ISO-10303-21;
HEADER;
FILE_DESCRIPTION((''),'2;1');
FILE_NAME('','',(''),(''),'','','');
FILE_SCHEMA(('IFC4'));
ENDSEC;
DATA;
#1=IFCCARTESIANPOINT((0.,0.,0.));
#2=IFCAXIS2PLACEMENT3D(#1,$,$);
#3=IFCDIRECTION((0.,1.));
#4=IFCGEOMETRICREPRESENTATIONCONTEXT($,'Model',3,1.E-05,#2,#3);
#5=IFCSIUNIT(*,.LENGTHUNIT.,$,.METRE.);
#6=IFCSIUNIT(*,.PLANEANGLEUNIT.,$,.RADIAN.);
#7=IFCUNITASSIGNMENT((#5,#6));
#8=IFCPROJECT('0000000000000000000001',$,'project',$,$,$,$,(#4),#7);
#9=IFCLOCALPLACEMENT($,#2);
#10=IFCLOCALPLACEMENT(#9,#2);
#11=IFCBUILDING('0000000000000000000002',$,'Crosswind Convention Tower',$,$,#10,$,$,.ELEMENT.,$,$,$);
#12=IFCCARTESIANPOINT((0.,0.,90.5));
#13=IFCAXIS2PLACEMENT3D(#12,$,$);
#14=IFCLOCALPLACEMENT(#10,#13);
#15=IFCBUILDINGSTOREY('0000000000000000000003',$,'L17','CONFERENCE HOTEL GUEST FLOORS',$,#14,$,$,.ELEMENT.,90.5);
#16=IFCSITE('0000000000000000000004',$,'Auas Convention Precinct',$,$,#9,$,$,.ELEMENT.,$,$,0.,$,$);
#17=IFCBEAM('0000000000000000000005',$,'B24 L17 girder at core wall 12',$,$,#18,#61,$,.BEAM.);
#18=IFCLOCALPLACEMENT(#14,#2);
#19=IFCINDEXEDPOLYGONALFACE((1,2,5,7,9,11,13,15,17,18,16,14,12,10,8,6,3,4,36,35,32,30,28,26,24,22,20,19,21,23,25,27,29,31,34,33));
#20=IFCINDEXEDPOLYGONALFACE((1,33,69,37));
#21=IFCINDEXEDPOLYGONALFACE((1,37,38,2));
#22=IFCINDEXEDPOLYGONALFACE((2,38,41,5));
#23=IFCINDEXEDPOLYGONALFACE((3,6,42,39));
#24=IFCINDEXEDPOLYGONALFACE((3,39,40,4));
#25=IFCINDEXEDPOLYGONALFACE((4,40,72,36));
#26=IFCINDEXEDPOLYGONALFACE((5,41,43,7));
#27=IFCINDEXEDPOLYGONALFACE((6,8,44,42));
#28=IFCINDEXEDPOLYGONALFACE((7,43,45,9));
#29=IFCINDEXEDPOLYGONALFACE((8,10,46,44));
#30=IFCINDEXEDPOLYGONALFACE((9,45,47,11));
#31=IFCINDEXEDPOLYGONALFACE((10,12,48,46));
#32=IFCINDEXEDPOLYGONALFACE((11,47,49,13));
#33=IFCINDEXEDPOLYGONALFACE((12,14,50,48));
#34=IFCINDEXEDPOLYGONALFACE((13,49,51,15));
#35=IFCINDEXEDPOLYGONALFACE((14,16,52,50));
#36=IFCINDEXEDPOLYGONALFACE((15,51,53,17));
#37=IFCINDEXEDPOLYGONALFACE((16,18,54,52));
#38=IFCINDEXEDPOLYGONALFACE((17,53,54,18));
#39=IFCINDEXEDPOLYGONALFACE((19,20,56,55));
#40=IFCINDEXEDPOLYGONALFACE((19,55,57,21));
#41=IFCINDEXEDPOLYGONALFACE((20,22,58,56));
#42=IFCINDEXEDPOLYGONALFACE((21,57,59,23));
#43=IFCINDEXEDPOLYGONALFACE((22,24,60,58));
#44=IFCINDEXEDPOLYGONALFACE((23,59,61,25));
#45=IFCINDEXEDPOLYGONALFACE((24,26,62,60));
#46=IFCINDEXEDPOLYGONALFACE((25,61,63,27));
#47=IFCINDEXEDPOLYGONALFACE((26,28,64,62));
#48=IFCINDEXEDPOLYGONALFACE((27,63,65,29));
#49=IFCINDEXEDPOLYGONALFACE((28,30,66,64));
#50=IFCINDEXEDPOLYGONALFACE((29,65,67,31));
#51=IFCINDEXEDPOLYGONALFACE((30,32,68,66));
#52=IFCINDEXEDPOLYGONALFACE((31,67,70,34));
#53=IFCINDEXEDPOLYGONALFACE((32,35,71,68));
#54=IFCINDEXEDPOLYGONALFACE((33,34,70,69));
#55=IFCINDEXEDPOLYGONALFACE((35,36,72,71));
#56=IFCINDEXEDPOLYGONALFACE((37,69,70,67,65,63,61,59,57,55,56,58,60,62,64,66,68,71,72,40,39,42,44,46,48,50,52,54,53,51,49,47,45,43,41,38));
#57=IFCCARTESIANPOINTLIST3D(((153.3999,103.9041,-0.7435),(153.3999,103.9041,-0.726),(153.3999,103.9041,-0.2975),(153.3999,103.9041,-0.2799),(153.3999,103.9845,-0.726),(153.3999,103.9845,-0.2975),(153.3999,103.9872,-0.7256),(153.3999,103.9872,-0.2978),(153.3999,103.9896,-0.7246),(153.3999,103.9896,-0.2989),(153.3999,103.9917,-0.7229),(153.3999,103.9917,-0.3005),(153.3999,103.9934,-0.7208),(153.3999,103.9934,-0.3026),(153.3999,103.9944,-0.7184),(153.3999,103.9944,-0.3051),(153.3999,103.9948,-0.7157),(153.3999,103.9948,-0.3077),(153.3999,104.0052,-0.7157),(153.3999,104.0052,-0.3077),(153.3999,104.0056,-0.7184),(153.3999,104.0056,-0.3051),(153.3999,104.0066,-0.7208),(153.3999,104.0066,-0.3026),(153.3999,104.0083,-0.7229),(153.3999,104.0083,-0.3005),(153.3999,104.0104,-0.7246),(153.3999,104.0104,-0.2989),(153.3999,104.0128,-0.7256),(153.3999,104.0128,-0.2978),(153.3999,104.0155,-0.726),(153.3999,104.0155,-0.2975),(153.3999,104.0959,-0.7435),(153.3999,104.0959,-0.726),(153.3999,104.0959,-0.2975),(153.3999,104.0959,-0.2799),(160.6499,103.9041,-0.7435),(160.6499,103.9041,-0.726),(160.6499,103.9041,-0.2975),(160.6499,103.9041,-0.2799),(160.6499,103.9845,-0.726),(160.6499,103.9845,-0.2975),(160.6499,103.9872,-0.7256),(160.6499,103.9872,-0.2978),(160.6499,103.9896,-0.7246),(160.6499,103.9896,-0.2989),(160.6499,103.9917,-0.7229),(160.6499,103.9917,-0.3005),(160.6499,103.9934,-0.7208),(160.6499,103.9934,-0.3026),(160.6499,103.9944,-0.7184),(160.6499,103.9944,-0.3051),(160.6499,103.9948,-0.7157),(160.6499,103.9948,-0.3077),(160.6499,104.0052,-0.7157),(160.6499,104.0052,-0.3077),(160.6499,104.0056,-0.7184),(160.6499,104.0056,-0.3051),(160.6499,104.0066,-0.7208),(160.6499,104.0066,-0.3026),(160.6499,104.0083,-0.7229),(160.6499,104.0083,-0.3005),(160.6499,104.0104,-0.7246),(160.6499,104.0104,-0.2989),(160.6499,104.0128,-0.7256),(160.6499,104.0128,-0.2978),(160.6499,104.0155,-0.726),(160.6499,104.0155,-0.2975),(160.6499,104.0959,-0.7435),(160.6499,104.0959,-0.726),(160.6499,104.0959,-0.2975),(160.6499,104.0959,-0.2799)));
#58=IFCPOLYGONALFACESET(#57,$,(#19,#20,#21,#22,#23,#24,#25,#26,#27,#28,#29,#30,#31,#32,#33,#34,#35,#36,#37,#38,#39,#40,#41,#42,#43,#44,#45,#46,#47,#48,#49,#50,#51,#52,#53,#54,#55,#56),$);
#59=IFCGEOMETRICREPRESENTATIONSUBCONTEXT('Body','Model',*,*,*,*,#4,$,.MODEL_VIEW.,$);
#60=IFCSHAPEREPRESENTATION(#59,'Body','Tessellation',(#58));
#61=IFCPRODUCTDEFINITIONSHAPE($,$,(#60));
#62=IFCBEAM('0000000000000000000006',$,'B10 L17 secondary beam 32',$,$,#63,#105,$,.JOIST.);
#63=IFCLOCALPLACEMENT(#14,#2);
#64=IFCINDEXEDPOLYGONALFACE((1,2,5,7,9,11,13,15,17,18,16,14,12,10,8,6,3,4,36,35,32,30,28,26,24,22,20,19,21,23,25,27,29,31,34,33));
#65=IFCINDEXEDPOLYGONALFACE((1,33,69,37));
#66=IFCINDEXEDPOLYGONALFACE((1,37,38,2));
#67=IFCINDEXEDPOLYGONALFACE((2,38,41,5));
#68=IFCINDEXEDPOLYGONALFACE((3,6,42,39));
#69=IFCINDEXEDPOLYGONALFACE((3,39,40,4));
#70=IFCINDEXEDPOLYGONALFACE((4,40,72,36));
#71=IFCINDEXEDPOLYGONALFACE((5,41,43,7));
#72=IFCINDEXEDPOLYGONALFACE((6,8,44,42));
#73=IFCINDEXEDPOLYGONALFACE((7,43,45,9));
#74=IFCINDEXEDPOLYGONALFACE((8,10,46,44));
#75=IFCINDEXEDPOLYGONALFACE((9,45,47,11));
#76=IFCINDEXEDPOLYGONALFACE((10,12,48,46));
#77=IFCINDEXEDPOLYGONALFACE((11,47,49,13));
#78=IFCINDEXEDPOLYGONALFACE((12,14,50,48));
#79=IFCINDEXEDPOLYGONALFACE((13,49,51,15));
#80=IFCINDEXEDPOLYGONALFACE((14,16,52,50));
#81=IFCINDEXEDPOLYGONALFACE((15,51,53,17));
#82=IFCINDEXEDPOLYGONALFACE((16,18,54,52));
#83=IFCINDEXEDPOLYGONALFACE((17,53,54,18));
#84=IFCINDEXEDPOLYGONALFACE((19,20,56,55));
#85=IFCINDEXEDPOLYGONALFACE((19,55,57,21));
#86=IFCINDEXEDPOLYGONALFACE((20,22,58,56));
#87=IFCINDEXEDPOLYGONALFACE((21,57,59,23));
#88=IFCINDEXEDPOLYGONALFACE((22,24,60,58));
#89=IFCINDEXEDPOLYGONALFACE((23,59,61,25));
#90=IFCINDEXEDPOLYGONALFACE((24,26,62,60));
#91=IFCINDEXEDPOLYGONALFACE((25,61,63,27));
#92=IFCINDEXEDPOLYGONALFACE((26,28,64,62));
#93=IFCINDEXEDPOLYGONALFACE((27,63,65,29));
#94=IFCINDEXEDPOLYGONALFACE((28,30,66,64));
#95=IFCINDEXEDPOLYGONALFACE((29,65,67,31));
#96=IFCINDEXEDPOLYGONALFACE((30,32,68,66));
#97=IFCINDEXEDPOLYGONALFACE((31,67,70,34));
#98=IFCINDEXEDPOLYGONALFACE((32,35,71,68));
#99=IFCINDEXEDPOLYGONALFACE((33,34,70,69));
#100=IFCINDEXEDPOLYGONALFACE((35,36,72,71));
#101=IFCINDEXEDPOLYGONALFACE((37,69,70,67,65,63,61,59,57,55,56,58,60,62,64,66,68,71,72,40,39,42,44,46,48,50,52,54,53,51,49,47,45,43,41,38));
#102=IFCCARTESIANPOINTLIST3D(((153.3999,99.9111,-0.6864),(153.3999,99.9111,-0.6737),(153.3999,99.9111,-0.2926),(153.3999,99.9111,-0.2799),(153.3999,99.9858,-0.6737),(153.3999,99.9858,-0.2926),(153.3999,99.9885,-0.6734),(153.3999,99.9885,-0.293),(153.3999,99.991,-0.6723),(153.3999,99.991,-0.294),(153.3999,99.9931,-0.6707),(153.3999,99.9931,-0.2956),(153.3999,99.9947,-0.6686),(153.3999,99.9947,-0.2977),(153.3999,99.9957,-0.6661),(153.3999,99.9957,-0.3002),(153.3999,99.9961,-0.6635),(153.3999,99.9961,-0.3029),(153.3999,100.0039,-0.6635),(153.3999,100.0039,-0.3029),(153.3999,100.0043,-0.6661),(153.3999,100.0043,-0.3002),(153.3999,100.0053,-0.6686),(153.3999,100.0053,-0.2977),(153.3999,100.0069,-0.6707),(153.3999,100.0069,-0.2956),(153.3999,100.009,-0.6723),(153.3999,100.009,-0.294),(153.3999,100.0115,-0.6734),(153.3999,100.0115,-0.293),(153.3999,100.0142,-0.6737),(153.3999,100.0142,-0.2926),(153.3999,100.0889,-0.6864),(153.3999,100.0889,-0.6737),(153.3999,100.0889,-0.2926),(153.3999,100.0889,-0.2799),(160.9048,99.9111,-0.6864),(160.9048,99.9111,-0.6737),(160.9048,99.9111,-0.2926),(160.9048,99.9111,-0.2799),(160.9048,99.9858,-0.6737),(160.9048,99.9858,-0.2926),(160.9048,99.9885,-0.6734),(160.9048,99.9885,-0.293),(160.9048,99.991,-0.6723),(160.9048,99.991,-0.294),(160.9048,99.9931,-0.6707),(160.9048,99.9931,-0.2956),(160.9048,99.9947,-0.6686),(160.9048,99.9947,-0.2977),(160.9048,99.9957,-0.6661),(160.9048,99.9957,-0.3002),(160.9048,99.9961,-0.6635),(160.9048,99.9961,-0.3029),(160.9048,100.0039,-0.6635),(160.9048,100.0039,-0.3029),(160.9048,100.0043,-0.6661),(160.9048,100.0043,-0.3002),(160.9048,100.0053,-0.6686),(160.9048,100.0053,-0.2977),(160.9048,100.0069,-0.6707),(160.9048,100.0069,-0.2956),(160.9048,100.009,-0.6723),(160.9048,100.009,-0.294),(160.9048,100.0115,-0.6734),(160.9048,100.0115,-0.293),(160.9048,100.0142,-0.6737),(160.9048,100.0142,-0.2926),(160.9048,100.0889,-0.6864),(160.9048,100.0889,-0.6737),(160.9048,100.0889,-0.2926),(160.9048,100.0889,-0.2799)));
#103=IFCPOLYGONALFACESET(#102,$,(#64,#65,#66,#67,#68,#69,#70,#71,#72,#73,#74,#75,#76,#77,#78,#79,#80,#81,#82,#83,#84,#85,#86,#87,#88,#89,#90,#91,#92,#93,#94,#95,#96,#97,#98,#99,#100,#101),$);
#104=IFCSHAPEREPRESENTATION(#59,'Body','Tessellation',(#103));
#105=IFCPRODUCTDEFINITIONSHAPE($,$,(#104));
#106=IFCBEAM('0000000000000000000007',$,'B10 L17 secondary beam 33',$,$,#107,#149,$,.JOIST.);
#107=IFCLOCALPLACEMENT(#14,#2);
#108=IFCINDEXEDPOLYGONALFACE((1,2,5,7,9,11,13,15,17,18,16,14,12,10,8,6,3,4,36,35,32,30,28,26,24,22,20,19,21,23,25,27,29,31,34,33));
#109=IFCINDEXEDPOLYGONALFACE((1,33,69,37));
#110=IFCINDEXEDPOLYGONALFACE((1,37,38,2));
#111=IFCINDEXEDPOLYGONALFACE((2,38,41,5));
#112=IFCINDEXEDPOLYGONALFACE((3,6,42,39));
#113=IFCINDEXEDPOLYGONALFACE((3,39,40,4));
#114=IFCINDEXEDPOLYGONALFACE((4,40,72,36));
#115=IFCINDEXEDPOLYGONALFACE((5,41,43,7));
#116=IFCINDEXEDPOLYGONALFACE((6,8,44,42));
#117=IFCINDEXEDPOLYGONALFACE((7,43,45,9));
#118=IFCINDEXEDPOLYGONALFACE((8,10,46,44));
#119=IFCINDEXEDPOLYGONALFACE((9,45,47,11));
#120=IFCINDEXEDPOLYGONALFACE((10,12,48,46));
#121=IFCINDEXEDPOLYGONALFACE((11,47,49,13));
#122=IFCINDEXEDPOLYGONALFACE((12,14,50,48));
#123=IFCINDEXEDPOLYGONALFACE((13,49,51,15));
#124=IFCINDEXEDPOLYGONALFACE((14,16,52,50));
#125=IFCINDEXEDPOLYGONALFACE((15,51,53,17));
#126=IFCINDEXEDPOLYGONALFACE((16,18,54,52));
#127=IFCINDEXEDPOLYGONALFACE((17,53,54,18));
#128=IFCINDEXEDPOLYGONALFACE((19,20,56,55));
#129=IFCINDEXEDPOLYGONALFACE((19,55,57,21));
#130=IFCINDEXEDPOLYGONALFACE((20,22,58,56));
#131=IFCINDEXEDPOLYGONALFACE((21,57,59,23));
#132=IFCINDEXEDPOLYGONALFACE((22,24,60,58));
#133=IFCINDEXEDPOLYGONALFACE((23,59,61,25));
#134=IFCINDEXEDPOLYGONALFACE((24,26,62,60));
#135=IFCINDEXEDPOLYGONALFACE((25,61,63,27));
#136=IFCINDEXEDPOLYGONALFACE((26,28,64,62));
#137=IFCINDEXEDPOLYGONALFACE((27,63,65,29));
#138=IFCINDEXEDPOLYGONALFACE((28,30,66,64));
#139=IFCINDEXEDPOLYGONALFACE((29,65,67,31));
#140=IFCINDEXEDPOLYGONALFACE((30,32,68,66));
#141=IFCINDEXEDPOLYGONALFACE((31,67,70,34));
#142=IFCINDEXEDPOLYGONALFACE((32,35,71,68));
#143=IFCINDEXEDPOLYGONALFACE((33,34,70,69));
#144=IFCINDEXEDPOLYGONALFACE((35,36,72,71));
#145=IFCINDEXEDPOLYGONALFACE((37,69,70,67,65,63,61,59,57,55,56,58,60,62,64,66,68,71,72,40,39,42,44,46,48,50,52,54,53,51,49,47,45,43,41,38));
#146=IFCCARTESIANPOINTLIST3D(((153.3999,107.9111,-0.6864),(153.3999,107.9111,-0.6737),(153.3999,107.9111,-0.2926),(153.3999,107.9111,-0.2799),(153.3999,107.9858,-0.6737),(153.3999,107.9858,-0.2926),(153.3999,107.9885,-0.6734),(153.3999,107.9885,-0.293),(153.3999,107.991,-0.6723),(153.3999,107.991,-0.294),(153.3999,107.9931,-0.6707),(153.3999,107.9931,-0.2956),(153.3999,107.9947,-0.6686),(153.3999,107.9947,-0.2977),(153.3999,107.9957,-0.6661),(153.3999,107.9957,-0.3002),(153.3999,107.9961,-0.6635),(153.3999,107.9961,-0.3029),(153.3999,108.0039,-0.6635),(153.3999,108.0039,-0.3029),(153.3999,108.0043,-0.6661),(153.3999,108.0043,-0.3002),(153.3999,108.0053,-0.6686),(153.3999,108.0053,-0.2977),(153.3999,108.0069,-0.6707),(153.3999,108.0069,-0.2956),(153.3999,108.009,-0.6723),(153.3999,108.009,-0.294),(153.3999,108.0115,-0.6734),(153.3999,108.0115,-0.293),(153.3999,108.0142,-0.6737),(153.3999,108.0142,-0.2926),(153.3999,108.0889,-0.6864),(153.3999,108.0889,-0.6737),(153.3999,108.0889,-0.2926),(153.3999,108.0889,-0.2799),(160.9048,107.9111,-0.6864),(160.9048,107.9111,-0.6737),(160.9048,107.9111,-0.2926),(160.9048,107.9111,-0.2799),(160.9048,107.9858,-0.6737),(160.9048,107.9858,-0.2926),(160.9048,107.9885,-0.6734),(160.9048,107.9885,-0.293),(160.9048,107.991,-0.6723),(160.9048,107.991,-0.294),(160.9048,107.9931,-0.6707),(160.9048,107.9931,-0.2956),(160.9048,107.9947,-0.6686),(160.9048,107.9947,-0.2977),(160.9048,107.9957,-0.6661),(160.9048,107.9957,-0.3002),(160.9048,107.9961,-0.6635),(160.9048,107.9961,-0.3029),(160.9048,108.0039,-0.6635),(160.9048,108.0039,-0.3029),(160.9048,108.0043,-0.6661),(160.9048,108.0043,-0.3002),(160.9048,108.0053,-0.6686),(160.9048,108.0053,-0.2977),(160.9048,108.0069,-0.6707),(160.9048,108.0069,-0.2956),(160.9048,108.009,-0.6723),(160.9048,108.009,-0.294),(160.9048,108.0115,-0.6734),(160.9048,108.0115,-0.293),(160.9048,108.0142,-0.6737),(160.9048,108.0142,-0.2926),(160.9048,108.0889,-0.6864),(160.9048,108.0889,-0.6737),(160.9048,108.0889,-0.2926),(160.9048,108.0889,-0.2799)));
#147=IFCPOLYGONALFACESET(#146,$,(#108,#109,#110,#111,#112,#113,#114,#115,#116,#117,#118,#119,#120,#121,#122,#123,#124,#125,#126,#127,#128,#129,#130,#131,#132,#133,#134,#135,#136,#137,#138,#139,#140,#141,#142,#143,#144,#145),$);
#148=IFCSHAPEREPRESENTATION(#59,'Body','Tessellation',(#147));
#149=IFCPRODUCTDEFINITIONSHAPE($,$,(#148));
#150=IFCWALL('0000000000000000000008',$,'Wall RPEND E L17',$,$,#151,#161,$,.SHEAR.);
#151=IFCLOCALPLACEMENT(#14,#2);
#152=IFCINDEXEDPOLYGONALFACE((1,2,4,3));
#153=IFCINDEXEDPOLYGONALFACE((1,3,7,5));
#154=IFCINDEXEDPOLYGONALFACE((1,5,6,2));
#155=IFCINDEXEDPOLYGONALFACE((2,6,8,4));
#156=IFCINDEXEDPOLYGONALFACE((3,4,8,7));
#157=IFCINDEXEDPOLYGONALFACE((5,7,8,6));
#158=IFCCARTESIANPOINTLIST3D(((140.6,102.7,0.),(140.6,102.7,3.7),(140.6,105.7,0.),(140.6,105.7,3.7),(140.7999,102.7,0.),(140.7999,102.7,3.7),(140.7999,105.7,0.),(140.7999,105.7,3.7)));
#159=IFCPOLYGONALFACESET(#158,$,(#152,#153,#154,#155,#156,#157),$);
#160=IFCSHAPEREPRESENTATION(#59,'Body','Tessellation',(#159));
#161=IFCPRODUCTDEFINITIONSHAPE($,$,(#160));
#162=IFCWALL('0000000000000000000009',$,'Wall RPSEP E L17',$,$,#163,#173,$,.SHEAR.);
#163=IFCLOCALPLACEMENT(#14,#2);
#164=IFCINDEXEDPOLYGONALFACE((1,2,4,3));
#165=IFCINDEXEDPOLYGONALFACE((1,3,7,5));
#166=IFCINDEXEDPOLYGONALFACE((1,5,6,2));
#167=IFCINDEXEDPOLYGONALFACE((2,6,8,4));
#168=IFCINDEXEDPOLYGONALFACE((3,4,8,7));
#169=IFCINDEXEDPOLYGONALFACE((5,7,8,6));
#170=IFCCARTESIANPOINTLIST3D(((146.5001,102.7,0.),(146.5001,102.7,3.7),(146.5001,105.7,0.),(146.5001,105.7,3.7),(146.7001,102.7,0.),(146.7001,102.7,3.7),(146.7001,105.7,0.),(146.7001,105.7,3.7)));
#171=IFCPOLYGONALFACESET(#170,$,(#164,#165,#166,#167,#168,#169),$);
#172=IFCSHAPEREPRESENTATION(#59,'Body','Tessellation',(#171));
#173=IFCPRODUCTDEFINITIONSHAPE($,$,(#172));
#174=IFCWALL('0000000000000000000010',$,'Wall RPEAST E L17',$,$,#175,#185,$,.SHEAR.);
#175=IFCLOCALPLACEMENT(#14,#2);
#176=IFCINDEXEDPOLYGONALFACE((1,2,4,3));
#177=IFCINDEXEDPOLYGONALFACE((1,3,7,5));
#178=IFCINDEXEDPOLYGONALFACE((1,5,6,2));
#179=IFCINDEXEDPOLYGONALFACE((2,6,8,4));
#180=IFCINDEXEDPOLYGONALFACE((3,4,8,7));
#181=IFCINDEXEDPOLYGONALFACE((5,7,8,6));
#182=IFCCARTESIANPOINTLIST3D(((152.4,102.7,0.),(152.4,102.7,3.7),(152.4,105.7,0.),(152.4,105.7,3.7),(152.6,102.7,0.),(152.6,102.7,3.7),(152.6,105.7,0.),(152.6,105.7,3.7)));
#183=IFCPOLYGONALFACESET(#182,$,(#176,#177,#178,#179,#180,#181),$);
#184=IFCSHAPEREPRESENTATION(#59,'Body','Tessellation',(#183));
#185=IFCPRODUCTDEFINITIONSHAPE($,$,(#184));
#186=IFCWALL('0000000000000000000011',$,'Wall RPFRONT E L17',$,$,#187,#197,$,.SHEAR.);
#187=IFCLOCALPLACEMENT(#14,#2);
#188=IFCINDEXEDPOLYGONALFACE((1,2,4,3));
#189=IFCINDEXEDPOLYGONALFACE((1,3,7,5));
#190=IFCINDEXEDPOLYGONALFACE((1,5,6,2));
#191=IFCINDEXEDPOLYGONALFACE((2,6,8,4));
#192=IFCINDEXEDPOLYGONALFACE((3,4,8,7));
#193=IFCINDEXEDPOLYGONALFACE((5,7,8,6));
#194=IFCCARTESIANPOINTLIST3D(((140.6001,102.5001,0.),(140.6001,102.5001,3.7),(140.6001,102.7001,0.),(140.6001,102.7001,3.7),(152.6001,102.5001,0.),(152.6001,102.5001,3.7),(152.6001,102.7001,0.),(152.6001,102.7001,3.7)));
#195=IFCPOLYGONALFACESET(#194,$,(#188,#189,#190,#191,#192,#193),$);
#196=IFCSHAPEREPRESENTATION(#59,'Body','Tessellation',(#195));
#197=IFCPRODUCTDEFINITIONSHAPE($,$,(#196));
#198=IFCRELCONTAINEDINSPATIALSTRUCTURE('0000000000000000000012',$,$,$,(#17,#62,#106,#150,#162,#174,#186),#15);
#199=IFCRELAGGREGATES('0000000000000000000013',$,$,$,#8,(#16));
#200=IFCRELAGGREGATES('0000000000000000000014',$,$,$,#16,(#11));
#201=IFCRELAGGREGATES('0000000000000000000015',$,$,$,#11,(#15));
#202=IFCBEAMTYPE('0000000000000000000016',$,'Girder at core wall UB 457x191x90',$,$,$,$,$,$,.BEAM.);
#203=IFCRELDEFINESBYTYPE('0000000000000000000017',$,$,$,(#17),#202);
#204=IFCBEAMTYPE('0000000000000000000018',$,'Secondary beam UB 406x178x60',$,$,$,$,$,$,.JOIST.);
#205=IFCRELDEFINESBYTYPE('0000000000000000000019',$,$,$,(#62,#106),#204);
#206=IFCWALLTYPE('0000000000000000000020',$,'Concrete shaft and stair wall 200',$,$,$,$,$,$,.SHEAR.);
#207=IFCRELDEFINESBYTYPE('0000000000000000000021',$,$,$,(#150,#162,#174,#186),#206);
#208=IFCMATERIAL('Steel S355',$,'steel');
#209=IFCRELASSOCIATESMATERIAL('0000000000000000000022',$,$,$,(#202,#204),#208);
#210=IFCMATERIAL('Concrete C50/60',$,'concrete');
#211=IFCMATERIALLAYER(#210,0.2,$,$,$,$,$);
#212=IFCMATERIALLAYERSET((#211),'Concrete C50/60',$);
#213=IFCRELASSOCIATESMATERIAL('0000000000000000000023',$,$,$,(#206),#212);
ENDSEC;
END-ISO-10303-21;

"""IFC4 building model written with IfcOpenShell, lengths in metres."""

from ifc_helpers import new_model, si_unit, direction, frame, frame_2d, origin, origin_2d, place, context, subcontext, project, spatial, rectangle, i_section, extrude, material, layer, layer_set, material_profile, profile_set, type_object, element, save


model = new_model("IFC4")

# Units and contexts
model_context = context("Model", 3, precision=1e-05, world=origin(), true_north=direction((0.0, 1.0)))
body_context = subcontext(model_context, "Body", "Model", "MODEL_VIEW")
ifc_project = project(units=[si_unit("LENGTHUNIT", "METRE"), si_unit("PLANEANGLEUNIT", "RADIAN")], contexts=[model_context])

# Site, building, storey
site_placement = place(None, origin())
site = spatial("IfcSite", under=ifc_project, at=site_placement, Name="Auas Convention Precinct", CompositionType="ELEMENT", RefElevation=0.0)
building_placement = place(site_placement, origin())
building = spatial("IfcBuilding", under=site, at=building_placement, Name="Crosswind Convention Tower", CompositionType="ELEMENT")
storey_placement = place(building_placement, frame((0.0, 0.0, 90.5)))
storey = spatial("IfcBuildingStorey", under=building, at=storey_placement, Name="L17", Description="CONFERENCE HOTEL GUEST FLOORS", CompositionType="ELEMENT", Elevation=90.5)

# Beams
ifc_material_1 = material(Name="Steel S355", Category="steel")
ifc_material_profile_1 = material_profile(ifc_material_1, i_section(OverallWidth=0.1919, OverallDepth=0.4636, WebThickness=0.0105, FlangeThickness=0.0176, FilletRadius=0.0103, at=origin_2d()), Name="UB 457x191x90")
ifc_profile_set_1 = profile_set([ifc_material_profile_1], Name="Steel S355")
beam_type_1 = type_object("IfcBeamType", Name="Girder at core wall UB 457x191x90", PredefinedType="BEAM", material=ifc_profile_set_1)
beam_placement = place(storey_placement, frame((153.3999, 104.0, -0.5117), z_axis=(1.0, 0.0, 0.0), x_axis=(0.0, 1.0, 0.0)))
element("IfcBeam", 1, at=beam_placement, inside=storey, type_object=beam_type_1, Name="B24 L17 girder at core wall 12", PredefinedType="BEAM", context=body_context, shape_type="SweptSolid", body=[
    extrude(i_section(OverallWidth=0.1919, OverallDepth=0.4636, WebThickness=0.0105, FlangeThickness=0.0176, FilletRadius=0.0103, at=origin_2d()), origin(), (0.0, 0.0, 1.0), 7.25),
])
ifc_material_profile_2 = material_profile(ifc_material_1, i_section(OverallWidth=0.1777, OverallDepth=0.4065, WebThickness=0.0078, FlangeThickness=0.0127, FilletRadius=0.0103, at=origin_2d()), Name="UB 406x178x60")
ifc_profile_set_2 = profile_set([ifc_material_profile_2], Name="Steel S355")
beam_type_2 = type_object("IfcBeamType", Name="Secondary beam UB 406x178x60", PredefinedType="JOIST", material=ifc_profile_set_2)
for number, where, z_axis, x_axis, name in (
    (2, (153.3999, 100.0, -0.4832), (1.0, 0.0, 0.0), (0.0, 1.0, 0.0), "B10 L17 secondary beam 32"),
    (3, (153.3999, 108.0, -0.4832), (1.0, 0.0, 0.0), (0.0, 1.0, 0.0), "B10 L17 secondary beam 33"),
):
    element("IfcBeam", number, at=place(storey_placement, frame(where, z_axis=z_axis, x_axis=x_axis)), inside=storey, type_object=beam_type_2, Name=name, PredefinedType="JOIST", context=body_context, shape_type="SweptSolid", body=[
        extrude(i_section(OverallWidth=0.1777, OverallDepth=0.4065, WebThickness=0.0078, FlangeThickness=0.0127, FilletRadius=0.0103, at=origin_2d()), origin(), (0.0, 0.0, 1.0), 7.5049),
    ])

# Walls
ifc_material_2 = material(Name="Concrete C50/60", Category="concrete")
ifc_layer_1 = layer(ifc_material_2, 0.2)
ifc_layer_set_1 = layer_set([ifc_layer_1], Name="Concrete C50/60")
wall_type_1 = type_object("IfcWallType", Name="Concrete shaft and stair wall 200", PredefinedType="SHEAR", material=ifc_layer_set_1)
for number, where, z_axis, x_axis, name in (
    (4, (140.7, 102.7, 0.0), (0.0, 0.0, 1.0), (0.0, 1.0, 0.0), "Wall RPEND E L17"),
    (5, (146.6001, 102.7, 0.0), (0.0, 0.0, 1.0), (0.0, 1.0, 0.0), "Wall RPSEP E L17"),
    (6, (152.5, 102.7, 0.0), (0.0, 0.0, 1.0), (0.0, 1.0, 0.0), "Wall RPEAST E L17"),
):
    element("IfcWall", number, at=place(storey_placement, frame(where, z_axis=z_axis, x_axis=x_axis)), inside=storey, type_object=wall_type_1, Name=name, PredefinedType="SHEAR", context=body_context, shape_type="SweptSolid", body=[
        extrude(rectangle(XDim=3.0, YDim=0.2, at=frame_2d((1.5, 0.0))), origin(), (0.0, 0.0, 1.0), 3.7),
    ])
wall_1_placement = place(storey_placement, frame((140.6001, 102.6001, 0.0), z_axis=(0.0, 0.0, 1.0), x_axis=(1.0, 0.0, 0.0)))
element("IfcWall", 7, at=wall_1_placement, inside=storey, type_object=wall_type_1, Name="Wall RPFRONT E L17", PredefinedType="SHEAR", context=body_context, shape_type="SweptSolid", body=[
    extrude(rectangle(XDim=12.0, YDim=0.2, at=frame_2d((6.0, 0.0))), origin(), (0.0, 0.0, 1.0), 3.7),
])

save(model, "model.ifc")
